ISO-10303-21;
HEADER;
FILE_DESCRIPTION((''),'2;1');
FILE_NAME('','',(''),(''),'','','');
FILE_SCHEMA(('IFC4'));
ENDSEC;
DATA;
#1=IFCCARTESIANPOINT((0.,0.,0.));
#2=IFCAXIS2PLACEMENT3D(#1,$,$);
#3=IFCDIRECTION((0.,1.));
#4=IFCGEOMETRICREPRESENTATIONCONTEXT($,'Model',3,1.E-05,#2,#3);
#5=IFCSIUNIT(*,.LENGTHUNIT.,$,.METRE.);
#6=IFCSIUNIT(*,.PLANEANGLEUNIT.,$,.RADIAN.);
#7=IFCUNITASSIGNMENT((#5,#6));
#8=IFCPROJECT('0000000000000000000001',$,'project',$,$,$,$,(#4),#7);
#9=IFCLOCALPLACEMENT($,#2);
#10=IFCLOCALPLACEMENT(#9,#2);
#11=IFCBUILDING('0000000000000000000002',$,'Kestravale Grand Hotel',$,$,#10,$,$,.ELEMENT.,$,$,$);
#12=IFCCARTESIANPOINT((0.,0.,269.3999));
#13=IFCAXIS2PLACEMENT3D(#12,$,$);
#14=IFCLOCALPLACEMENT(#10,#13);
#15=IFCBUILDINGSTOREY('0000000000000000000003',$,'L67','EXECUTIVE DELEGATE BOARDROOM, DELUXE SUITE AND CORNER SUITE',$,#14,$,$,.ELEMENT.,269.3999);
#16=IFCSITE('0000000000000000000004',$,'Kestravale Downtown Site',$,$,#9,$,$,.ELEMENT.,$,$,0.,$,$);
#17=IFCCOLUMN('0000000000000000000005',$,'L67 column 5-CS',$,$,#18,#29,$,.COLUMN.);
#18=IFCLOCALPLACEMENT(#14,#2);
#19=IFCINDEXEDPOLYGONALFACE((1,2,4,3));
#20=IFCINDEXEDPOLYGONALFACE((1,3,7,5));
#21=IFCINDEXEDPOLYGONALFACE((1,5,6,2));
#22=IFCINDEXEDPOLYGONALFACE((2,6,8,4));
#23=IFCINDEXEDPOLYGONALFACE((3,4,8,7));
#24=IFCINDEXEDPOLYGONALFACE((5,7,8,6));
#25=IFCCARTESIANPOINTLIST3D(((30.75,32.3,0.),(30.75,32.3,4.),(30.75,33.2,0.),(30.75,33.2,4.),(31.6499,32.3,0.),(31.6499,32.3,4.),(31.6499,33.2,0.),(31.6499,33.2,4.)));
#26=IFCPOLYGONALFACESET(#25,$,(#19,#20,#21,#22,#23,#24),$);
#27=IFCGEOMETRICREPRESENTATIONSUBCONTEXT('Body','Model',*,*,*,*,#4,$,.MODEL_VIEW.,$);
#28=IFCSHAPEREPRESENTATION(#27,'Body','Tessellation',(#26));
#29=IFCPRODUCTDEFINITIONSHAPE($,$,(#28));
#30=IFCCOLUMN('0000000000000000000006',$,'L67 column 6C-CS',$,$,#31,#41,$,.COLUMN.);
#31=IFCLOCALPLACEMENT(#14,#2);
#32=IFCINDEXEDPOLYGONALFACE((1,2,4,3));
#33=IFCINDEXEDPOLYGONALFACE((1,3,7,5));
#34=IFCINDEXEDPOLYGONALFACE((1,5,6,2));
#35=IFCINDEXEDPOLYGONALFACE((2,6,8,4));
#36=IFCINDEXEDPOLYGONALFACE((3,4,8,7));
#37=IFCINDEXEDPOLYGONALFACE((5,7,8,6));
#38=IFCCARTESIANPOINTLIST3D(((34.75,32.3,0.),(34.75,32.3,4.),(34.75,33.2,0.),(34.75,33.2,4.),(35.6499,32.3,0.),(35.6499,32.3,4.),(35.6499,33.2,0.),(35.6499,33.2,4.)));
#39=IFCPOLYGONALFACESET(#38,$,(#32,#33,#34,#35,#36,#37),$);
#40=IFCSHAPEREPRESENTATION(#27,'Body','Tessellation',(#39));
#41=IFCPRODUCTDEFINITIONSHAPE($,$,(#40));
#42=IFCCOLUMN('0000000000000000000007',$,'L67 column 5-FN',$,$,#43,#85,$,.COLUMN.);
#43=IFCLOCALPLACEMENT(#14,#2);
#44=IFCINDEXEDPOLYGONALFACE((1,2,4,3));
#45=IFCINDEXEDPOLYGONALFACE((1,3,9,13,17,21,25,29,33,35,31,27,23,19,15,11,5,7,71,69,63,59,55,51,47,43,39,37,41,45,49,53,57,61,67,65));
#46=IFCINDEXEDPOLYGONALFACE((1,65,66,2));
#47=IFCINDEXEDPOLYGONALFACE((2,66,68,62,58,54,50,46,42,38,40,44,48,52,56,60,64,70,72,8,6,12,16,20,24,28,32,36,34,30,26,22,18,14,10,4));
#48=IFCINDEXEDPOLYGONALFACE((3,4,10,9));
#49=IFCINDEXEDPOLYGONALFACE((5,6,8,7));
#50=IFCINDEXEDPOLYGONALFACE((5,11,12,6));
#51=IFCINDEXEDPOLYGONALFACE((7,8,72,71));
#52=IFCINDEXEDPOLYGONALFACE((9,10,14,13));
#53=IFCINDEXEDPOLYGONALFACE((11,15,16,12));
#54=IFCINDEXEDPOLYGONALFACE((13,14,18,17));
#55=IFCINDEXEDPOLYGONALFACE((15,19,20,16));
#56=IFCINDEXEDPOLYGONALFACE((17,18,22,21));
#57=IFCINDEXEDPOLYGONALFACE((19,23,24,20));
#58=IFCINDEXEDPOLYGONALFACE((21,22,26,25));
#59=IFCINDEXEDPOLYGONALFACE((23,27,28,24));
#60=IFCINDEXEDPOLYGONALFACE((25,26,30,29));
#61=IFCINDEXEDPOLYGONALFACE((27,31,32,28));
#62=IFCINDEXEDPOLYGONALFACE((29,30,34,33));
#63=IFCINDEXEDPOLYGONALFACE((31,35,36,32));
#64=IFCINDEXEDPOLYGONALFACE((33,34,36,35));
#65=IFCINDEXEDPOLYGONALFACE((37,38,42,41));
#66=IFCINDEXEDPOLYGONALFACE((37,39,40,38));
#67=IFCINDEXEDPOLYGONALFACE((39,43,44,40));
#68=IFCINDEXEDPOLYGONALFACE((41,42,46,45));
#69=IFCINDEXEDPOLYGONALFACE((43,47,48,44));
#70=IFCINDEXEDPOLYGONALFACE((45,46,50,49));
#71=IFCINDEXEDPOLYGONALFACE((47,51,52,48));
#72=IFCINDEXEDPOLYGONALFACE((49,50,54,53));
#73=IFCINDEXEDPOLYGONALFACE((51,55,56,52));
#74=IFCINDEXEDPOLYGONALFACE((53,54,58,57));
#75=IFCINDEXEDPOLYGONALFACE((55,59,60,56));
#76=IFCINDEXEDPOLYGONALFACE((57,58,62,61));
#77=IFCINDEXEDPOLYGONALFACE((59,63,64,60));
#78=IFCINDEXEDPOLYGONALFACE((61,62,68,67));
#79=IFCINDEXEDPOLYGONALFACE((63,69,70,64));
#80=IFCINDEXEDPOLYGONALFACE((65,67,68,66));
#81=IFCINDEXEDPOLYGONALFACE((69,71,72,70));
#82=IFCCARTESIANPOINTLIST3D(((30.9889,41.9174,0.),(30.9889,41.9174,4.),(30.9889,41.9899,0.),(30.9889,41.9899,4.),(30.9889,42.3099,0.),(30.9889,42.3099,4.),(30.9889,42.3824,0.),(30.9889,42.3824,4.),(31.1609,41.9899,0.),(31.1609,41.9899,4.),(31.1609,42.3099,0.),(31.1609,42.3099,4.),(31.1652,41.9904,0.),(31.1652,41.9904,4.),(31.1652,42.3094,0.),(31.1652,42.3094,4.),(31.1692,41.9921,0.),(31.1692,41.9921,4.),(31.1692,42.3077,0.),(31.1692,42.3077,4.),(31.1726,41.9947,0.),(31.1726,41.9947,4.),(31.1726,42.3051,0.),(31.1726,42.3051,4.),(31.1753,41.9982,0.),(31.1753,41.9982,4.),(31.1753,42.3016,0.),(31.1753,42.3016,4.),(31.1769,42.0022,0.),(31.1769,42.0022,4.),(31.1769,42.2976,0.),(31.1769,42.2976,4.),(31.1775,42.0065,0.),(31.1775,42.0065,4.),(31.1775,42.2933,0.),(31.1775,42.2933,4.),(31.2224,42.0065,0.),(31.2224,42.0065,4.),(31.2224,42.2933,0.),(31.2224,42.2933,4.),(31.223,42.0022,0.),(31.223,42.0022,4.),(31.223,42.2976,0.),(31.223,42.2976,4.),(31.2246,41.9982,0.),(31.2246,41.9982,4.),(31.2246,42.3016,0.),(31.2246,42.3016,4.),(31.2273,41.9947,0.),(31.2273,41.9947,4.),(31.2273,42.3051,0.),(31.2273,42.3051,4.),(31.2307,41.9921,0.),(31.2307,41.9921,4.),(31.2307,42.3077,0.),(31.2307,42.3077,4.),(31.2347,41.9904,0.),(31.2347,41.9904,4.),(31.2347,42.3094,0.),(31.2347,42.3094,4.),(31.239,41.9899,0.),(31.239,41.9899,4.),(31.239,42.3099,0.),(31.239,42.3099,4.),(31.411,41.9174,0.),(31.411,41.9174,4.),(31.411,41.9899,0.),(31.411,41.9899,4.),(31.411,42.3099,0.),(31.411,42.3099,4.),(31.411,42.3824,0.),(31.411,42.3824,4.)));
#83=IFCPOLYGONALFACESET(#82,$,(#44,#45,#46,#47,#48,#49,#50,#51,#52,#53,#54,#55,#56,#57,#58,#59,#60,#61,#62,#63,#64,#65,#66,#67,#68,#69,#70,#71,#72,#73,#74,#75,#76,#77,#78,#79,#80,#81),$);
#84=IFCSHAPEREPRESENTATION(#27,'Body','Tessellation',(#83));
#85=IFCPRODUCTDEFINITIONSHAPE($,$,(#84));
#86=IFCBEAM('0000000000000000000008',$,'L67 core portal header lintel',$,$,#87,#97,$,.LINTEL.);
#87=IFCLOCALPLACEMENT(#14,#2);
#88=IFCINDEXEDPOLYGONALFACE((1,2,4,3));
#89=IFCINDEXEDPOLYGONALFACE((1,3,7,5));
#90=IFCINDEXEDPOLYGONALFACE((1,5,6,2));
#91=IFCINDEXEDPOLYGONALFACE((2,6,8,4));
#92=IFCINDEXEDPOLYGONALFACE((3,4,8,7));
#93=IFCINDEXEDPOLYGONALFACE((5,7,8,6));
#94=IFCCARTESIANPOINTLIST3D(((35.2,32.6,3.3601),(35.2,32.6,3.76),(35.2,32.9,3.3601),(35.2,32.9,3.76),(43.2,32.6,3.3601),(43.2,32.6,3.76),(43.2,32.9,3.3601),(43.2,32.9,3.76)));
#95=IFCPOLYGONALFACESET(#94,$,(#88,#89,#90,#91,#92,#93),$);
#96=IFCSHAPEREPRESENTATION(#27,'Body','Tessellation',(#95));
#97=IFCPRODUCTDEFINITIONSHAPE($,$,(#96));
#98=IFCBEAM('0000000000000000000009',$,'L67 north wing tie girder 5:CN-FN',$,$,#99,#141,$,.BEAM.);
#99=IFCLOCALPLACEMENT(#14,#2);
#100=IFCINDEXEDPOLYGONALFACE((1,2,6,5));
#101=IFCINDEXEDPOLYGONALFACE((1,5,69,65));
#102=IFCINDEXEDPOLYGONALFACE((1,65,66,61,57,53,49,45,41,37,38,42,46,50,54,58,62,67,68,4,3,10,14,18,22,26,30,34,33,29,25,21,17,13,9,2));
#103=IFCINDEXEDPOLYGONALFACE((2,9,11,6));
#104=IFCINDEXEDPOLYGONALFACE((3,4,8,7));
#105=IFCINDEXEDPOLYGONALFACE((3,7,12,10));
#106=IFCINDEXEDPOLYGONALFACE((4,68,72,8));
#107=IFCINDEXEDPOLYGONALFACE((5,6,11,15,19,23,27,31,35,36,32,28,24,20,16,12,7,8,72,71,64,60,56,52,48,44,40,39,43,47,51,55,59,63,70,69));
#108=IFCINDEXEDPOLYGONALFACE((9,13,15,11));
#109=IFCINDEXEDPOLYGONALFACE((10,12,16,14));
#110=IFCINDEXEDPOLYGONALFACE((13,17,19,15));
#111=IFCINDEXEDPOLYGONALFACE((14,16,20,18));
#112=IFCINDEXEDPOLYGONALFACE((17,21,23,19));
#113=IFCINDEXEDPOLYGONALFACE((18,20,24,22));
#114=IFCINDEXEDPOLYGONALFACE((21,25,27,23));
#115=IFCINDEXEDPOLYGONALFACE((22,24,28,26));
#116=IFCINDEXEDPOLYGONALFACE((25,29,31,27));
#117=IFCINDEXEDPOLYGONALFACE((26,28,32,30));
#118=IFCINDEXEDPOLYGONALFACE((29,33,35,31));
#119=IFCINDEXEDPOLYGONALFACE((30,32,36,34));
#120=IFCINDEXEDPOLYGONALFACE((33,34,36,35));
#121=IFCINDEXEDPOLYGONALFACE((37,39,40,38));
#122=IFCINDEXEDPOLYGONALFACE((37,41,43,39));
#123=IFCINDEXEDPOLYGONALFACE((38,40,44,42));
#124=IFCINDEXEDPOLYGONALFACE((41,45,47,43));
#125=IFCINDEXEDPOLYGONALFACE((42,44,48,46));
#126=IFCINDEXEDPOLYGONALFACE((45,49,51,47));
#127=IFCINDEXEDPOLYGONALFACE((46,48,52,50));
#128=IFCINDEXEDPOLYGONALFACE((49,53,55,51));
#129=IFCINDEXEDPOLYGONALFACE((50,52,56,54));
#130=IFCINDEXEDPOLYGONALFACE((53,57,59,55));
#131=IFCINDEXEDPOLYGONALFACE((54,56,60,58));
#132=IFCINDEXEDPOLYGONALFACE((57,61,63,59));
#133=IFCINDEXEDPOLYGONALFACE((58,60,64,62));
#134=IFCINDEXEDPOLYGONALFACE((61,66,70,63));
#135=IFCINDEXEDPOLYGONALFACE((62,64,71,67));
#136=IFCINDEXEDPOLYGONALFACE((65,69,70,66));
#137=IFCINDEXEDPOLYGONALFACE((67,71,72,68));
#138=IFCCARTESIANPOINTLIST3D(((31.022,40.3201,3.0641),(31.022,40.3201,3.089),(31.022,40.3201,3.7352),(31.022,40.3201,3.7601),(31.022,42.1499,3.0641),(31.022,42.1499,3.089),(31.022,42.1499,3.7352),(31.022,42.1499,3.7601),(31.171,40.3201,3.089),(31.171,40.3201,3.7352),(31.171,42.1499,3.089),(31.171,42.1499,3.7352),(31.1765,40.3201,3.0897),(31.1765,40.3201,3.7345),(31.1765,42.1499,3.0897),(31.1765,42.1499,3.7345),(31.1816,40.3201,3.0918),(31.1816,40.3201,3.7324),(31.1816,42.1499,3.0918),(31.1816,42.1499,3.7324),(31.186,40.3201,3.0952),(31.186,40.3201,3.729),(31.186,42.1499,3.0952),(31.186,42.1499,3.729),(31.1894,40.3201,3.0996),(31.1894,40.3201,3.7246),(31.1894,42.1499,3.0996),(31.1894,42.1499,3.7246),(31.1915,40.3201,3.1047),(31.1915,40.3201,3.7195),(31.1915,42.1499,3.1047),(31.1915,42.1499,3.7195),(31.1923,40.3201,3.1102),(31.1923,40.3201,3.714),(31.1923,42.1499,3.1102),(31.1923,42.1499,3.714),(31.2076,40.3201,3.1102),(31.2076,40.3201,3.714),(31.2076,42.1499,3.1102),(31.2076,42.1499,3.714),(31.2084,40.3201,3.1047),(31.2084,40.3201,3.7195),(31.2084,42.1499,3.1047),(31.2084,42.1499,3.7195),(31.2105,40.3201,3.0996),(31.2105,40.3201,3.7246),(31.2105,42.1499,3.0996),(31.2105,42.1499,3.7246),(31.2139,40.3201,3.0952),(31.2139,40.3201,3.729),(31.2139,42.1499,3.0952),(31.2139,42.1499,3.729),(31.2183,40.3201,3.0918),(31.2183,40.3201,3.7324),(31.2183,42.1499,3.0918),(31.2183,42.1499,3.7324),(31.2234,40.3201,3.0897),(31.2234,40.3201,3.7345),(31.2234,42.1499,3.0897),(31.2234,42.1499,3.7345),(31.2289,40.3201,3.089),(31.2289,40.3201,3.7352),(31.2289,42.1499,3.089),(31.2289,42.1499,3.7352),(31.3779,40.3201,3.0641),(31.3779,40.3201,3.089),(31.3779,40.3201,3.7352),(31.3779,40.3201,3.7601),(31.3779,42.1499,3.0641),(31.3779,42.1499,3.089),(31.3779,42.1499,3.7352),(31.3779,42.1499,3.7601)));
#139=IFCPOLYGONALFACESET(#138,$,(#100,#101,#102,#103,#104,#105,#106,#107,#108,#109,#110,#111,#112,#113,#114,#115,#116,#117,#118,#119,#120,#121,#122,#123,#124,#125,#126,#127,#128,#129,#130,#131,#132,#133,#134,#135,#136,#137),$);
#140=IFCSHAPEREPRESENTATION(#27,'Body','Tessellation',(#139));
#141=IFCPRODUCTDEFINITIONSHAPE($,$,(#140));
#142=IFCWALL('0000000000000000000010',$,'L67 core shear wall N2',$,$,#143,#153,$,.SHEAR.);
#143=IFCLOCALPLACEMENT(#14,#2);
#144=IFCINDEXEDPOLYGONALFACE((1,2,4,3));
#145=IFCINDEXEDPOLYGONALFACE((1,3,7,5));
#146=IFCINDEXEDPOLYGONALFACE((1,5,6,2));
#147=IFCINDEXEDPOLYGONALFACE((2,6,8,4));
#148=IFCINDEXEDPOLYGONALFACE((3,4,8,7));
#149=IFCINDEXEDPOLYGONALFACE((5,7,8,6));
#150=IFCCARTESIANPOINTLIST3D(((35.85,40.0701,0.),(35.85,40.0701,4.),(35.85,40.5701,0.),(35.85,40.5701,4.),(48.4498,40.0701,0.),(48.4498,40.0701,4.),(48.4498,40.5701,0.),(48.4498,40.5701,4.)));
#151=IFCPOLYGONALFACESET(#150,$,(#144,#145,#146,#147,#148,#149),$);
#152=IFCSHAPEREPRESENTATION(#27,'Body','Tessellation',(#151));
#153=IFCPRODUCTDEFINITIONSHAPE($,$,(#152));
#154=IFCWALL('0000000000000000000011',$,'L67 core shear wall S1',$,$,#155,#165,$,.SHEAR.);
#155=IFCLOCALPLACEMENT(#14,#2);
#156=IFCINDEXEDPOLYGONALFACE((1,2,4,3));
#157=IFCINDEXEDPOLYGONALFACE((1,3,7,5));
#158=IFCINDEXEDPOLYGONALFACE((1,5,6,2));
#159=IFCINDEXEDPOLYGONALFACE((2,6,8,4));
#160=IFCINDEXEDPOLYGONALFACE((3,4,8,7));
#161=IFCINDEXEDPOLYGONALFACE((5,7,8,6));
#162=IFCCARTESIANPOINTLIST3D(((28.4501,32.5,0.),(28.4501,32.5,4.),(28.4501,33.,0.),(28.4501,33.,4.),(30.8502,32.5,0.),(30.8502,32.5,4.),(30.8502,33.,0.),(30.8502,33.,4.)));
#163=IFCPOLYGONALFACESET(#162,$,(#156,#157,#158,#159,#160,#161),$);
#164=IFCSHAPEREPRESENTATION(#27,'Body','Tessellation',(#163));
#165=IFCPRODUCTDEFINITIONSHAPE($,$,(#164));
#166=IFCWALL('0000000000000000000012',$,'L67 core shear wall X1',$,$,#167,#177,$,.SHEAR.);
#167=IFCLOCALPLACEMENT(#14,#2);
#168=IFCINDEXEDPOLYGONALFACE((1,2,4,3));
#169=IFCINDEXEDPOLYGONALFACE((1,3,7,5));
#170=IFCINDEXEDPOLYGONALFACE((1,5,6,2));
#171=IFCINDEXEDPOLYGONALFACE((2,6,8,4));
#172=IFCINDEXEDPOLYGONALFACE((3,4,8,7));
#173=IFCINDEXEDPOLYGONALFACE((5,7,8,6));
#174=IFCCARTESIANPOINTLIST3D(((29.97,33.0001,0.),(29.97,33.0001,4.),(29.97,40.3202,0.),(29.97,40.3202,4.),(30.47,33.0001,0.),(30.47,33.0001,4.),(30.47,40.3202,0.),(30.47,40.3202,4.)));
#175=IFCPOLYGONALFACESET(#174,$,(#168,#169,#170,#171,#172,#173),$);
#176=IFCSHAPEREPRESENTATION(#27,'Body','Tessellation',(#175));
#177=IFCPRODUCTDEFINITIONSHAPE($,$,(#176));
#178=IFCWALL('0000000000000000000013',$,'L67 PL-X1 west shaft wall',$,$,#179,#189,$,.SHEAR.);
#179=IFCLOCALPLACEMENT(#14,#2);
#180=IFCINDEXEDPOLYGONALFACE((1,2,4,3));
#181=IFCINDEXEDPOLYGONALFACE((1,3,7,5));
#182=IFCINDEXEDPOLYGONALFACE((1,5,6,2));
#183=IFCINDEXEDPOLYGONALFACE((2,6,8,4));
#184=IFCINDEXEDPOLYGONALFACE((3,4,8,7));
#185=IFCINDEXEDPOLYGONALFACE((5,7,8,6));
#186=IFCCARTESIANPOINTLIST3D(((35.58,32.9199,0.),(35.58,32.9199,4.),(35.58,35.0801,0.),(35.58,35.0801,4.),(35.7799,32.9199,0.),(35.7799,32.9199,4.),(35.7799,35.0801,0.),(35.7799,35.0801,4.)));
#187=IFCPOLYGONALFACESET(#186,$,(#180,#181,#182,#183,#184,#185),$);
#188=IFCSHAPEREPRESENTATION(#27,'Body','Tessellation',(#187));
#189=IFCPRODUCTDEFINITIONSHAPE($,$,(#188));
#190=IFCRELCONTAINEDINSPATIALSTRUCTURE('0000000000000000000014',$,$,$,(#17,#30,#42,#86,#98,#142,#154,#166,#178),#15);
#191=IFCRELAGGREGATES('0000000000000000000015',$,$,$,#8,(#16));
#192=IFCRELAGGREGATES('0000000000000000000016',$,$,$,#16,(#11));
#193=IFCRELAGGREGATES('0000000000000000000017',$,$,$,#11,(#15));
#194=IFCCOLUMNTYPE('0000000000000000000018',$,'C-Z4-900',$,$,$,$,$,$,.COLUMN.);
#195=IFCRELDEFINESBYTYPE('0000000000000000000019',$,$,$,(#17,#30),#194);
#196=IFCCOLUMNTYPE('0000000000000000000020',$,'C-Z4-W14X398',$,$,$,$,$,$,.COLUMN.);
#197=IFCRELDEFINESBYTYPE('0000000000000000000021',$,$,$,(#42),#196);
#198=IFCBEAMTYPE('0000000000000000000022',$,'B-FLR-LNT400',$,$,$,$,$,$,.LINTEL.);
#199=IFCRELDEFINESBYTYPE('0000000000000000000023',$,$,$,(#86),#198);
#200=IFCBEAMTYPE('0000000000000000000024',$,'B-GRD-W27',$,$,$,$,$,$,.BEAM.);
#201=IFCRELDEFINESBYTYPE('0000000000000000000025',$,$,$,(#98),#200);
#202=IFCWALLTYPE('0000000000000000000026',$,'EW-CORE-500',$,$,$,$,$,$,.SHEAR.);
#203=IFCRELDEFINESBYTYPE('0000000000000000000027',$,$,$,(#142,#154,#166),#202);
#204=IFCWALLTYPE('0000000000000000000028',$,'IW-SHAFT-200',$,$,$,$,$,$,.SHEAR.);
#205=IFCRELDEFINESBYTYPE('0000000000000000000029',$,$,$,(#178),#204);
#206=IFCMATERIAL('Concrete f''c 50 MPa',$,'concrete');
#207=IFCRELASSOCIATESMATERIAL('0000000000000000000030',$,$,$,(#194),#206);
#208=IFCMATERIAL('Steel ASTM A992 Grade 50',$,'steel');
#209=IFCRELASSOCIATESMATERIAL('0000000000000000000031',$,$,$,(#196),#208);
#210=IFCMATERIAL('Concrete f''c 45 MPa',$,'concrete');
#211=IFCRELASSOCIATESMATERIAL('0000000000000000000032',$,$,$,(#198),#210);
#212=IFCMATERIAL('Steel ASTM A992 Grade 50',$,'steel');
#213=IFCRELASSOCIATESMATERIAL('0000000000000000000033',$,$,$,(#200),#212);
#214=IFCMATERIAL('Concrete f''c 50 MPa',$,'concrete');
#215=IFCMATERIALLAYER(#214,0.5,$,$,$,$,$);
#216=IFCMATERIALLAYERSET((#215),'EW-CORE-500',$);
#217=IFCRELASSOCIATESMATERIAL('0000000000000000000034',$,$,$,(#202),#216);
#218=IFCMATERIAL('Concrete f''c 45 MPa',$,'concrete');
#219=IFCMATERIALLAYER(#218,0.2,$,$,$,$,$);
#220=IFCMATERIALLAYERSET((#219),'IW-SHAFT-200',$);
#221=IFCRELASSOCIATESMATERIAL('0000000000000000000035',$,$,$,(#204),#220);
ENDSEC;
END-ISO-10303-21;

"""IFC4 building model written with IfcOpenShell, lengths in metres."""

from ifc_helpers import new_model, si_unit, direction, frame, frame_2d, origin, origin_2d, place, context, subcontext, project, spatial, rectangle, i_section, extrude, material, layer, layer_set, material_profile, profile_set, type_object, element, save


model = new_model("IFC4")

# Units and contexts
model_context = context("Model", 3, precision=1e-05, world=origin(), true_north=direction((0.0, 1.0)))
body_context = subcontext(model_context, "Body", "Model", "MODEL_VIEW")
ifc_project = project(units=[si_unit("LENGTHUNIT", "METRE"), si_unit("PLANEANGLEUNIT", "RADIAN")], contexts=[model_context])

# Site, building, storey
site_placement = place(None, origin())
site = spatial("IfcSite", under=ifc_project, at=site_placement, Name="Kestravale Downtown Site", CompositionType="ELEMENT", RefElevation=0.0)
building_placement = place(site_placement, origin())
building = spatial("IfcBuilding", under=site, at=building_placement, Name="Kestravale Grand Hotel", CompositionType="ELEMENT")
storey_placement = place(building_placement, frame((0.0, 0.0, 269.3999)))
storey = spatial("IfcBuildingStorey", under=building, at=storey_placement, Name="L67", Description="EXECUTIVE DELEGATE BOARDROOM, DELUXE SUITE AND CORNER SUITE", CompositionType="ELEMENT", Elevation=269.3999)

# Columns
ifc_material_1 = material(Name="Concrete f'c 50 MPa", Category="concrete")
ifc_material_profile_1 = material_profile(ifc_material_1, rectangle(XDim=0.8999, YDim=0.8999, at=origin_2d()))
ifc_profile_set_1 = profile_set([ifc_material_profile_1], Name="Concrete f'c 50 MPa")
column_type_1 = type_object("IfcColumnType", Name="C-Z4-900", PredefinedType="COLUMN", material=ifc_profile_set_1)
for number, where, z_axis, x_axis, name in (
    (1, (31.2, 32.75, 0.0), (0.0, 0.0, 1.0), (1.0, 0.0, 0.0), "L67 column 5-CS"),
    (2, (35.2, 32.75, 0.0), (0.0, 0.0, 1.0), (1.0, 0.0, 0.0), "L67 column 6C-CS"),
):
    element("IfcColumn", number, at=place(storey_placement, frame(where, z_axis=z_axis, x_axis=x_axis)), inside=storey, type_object=column_type_1, Name=name, PredefinedType="COLUMN", context=body_context, shape_type="SweptSolid", body=[
        extrude(rectangle(XDim=0.8999, YDim=0.8999, at=origin_2d()), origin(), (0.0, 0.0, 1.0), 4.0),
    ])
ifc_material_2 = material(Name="Steel ASTM A992 Grade 50", Category="steel")
ifc_material_profile_2 = material_profile(ifc_material_2, i_section(OverallWidth=0.4221, OverallDepth=0.4651, WebThickness=0.0449, FlangeThickness=0.0725, FilletRadius=0.0166, at=origin_2d()))
ifc_profile_set_2 = profile_set([ifc_material_profile_2], Name="Steel ASTM A992 Grade 50")
column_type_2 = type_object("IfcColumnType", Name="C-Z4-W14X398", PredefinedType="COLUMN", material=ifc_profile_set_2)
column_placement = place(storey_placement, frame((31.2, 42.1499, 0.0), z_axis=(0.0, 0.0, 1.0), x_axis=(1.0, 0.0, 0.0)))
element("IfcColumn", 3, at=column_placement, inside=storey, type_object=column_type_2, Name="L67 column 5-FN", PredefinedType="COLUMN", context=body_context, shape_type="SweptSolid", body=[
    extrude(i_section(OverallWidth=0.4221, OverallDepth=0.4651, WebThickness=0.0449, FlangeThickness=0.0725, FilletRadius=0.0166, at=origin_2d()), origin(), (0.0, 0.0, 1.0), 4.0),
])

# Beams
ifc_material_3 = material(Name="Concrete f'c 45 MPa", Category="concrete")
ifc_material_profile_3 = material_profile(ifc_material_3, rectangle(XDim=0.3, YDim=0.3999, at=origin_2d()))
ifc_profile_set_3 = profile_set([ifc_material_profile_3], Name="Concrete f'c 45 MPa")
beam_type_1 = type_object("IfcBeamType", Name="B-FLR-LNT400", PredefinedType="LINTEL", material=ifc_profile_set_3)
beam_1_placement = place(storey_placement, frame((35.2, 32.75, 3.5601), z_axis=(1.0, 0.0, 0.0), x_axis=(0.0, 1.0, 0.0)))
element("IfcBeam", 4, at=beam_1_placement, inside=storey, type_object=beam_type_1, Name="L67 core portal header lintel", PredefinedType="LINTEL", context=body_context, shape_type="SweptSolid", body=[
    extrude(rectangle(XDim=0.3, YDim=0.3999, at=origin_2d()), origin(), (0.0, 0.0, 1.0), 8.0),
])
ifc_material_4 = material(Name="Steel ASTM A992 Grade 50", Category="steel")
ifc_material_profile_4 = material_profile(ifc_material_4, i_section(OverallWidth=0.356, OverallDepth=0.696, WebThickness=0.0154, FlangeThickness=0.0249, FilletRadius=0.0212, at=origin_2d()))
ifc_profile_set_4 = profile_set([ifc_material_profile_4], Name="Steel ASTM A992 Grade 50")
beam_type_2 = type_object("IfcBeamType", Name="B-GRD-W27", PredefinedType="BEAM", material=ifc_profile_set_4)
beam_2_placement = place(storey_placement, frame((31.2, 40.3201, 3.4121), z_axis=(0.0, 1.0, 0.0), x_axis=(-1.0, 0.0, 0.0)))
element("IfcBeam", 5, at=beam_2_placement, inside=storey, type_object=beam_type_2, Name="L67 north wing tie girder 5:CN-FN", PredefinedType="BEAM", context=body_context, shape_type="SweptSolid", body=[
    extrude(i_section(OverallWidth=0.356, OverallDepth=0.696, WebThickness=0.0154, FlangeThickness=0.0249, FilletRadius=0.0212, at=origin_2d()), origin(), (0.0, 0.0, 1.0), 1.8298),
])

# Walls
ifc_material_5 = material(Name="Concrete f'c 50 MPa", Category="concrete")
ifc_layer_1 = layer(ifc_material_5, 0.5)
ifc_layer_set_1 = layer_set([ifc_layer_1], Name="EW-CORE-500")
wall_type_1 = type_object("IfcWallType", Name="EW-CORE-500", PredefinedType="SHEAR", material=ifc_layer_set_1)
wall_1_placement = place(storey_placement, frame((35.8501, 40.3201, 0.0), z_axis=(0.0, 0.0, 1.0), x_axis=(1.0, 0.0, 0.0)))
element("IfcWall", 6, at=wall_1_placement, inside=storey, type_object=wall_type_1, Name="L67 core shear wall N2", PredefinedType="SHEAR", context=body_context, shape_type="SweptSolid", body=[
    extrude(rectangle(XDim=12.5999, YDim=0.5, at=frame_2d((6.2998, 0.0))), origin(), (0.0, 0.0, 1.0), 4.0),
])
wall_2_placement = place(storey_placement, frame((28.45, 32.75, 0.0), z_axis=(0.0, 0.0, 1.0), x_axis=(1.0, 0.0, 0.0)))
element("IfcWall", 7, at=wall_2_placement, inside=storey, type_object=wall_type_1, Name="L67 core shear wall S1", PredefinedType="SHEAR", context=body_context, shape_type="SweptSolid", body=[
    extrude(rectangle(XDim=2.4001, YDim=0.5, at=frame_2d((1.2002, 0.0))), origin(), (0.0, 0.0, 1.0), 4.0),
])
wall_3_placement = place(storey_placement, frame((30.22, 33.0, 0.0), z_axis=(0.0, 0.0, 1.0), x_axis=(0.0, 1.0, 0.0)))
element("IfcWall", 8, at=wall_3_placement, inside=storey, type_object=wall_type_1, Name="L67 core shear wall X1", PredefinedType="SHEAR", context=body_context, shape_type="SweptSolid", body=[
    extrude(rectangle(XDim=7.3201, YDim=0.5, at=frame_2d((3.6602, 0.0))), origin(), (0.0, 0.0, 1.0), 4.0),
])

# Wall
ifc_material_6 = material(Name="Concrete f'c 45 MPa", Category="concrete")
ifc_layer_2 = layer(ifc_material_6, 0.2)
ifc_layer_set_2 = layer_set([ifc_layer_2], Name="IW-SHAFT-200")
wall_type_2 = type_object("IfcWallType", Name="IW-SHAFT-200", PredefinedType="SHEAR", material=ifc_layer_set_2)
wall_4_placement = place(storey_placement, frame((35.6799, 32.9199, 0.0), z_axis=(0.0, 0.0, 1.0), x_axis=(0.0, 1.0, 0.0)))
element("IfcWall", 9, at=wall_4_placement, inside=storey, type_object=wall_type_2, Name="L67 PL-X1 west shaft wall", PredefinedType="SHEAR", context=body_context, shape_type="SweptSolid", body=[
    extrude(rectangle(XDim=2.1602, YDim=0.2, at=frame_2d((1.0801, 0.0))), origin(), (0.0, 0.0, 1.0), 4.0),
])

save(model, "model.ifc")
